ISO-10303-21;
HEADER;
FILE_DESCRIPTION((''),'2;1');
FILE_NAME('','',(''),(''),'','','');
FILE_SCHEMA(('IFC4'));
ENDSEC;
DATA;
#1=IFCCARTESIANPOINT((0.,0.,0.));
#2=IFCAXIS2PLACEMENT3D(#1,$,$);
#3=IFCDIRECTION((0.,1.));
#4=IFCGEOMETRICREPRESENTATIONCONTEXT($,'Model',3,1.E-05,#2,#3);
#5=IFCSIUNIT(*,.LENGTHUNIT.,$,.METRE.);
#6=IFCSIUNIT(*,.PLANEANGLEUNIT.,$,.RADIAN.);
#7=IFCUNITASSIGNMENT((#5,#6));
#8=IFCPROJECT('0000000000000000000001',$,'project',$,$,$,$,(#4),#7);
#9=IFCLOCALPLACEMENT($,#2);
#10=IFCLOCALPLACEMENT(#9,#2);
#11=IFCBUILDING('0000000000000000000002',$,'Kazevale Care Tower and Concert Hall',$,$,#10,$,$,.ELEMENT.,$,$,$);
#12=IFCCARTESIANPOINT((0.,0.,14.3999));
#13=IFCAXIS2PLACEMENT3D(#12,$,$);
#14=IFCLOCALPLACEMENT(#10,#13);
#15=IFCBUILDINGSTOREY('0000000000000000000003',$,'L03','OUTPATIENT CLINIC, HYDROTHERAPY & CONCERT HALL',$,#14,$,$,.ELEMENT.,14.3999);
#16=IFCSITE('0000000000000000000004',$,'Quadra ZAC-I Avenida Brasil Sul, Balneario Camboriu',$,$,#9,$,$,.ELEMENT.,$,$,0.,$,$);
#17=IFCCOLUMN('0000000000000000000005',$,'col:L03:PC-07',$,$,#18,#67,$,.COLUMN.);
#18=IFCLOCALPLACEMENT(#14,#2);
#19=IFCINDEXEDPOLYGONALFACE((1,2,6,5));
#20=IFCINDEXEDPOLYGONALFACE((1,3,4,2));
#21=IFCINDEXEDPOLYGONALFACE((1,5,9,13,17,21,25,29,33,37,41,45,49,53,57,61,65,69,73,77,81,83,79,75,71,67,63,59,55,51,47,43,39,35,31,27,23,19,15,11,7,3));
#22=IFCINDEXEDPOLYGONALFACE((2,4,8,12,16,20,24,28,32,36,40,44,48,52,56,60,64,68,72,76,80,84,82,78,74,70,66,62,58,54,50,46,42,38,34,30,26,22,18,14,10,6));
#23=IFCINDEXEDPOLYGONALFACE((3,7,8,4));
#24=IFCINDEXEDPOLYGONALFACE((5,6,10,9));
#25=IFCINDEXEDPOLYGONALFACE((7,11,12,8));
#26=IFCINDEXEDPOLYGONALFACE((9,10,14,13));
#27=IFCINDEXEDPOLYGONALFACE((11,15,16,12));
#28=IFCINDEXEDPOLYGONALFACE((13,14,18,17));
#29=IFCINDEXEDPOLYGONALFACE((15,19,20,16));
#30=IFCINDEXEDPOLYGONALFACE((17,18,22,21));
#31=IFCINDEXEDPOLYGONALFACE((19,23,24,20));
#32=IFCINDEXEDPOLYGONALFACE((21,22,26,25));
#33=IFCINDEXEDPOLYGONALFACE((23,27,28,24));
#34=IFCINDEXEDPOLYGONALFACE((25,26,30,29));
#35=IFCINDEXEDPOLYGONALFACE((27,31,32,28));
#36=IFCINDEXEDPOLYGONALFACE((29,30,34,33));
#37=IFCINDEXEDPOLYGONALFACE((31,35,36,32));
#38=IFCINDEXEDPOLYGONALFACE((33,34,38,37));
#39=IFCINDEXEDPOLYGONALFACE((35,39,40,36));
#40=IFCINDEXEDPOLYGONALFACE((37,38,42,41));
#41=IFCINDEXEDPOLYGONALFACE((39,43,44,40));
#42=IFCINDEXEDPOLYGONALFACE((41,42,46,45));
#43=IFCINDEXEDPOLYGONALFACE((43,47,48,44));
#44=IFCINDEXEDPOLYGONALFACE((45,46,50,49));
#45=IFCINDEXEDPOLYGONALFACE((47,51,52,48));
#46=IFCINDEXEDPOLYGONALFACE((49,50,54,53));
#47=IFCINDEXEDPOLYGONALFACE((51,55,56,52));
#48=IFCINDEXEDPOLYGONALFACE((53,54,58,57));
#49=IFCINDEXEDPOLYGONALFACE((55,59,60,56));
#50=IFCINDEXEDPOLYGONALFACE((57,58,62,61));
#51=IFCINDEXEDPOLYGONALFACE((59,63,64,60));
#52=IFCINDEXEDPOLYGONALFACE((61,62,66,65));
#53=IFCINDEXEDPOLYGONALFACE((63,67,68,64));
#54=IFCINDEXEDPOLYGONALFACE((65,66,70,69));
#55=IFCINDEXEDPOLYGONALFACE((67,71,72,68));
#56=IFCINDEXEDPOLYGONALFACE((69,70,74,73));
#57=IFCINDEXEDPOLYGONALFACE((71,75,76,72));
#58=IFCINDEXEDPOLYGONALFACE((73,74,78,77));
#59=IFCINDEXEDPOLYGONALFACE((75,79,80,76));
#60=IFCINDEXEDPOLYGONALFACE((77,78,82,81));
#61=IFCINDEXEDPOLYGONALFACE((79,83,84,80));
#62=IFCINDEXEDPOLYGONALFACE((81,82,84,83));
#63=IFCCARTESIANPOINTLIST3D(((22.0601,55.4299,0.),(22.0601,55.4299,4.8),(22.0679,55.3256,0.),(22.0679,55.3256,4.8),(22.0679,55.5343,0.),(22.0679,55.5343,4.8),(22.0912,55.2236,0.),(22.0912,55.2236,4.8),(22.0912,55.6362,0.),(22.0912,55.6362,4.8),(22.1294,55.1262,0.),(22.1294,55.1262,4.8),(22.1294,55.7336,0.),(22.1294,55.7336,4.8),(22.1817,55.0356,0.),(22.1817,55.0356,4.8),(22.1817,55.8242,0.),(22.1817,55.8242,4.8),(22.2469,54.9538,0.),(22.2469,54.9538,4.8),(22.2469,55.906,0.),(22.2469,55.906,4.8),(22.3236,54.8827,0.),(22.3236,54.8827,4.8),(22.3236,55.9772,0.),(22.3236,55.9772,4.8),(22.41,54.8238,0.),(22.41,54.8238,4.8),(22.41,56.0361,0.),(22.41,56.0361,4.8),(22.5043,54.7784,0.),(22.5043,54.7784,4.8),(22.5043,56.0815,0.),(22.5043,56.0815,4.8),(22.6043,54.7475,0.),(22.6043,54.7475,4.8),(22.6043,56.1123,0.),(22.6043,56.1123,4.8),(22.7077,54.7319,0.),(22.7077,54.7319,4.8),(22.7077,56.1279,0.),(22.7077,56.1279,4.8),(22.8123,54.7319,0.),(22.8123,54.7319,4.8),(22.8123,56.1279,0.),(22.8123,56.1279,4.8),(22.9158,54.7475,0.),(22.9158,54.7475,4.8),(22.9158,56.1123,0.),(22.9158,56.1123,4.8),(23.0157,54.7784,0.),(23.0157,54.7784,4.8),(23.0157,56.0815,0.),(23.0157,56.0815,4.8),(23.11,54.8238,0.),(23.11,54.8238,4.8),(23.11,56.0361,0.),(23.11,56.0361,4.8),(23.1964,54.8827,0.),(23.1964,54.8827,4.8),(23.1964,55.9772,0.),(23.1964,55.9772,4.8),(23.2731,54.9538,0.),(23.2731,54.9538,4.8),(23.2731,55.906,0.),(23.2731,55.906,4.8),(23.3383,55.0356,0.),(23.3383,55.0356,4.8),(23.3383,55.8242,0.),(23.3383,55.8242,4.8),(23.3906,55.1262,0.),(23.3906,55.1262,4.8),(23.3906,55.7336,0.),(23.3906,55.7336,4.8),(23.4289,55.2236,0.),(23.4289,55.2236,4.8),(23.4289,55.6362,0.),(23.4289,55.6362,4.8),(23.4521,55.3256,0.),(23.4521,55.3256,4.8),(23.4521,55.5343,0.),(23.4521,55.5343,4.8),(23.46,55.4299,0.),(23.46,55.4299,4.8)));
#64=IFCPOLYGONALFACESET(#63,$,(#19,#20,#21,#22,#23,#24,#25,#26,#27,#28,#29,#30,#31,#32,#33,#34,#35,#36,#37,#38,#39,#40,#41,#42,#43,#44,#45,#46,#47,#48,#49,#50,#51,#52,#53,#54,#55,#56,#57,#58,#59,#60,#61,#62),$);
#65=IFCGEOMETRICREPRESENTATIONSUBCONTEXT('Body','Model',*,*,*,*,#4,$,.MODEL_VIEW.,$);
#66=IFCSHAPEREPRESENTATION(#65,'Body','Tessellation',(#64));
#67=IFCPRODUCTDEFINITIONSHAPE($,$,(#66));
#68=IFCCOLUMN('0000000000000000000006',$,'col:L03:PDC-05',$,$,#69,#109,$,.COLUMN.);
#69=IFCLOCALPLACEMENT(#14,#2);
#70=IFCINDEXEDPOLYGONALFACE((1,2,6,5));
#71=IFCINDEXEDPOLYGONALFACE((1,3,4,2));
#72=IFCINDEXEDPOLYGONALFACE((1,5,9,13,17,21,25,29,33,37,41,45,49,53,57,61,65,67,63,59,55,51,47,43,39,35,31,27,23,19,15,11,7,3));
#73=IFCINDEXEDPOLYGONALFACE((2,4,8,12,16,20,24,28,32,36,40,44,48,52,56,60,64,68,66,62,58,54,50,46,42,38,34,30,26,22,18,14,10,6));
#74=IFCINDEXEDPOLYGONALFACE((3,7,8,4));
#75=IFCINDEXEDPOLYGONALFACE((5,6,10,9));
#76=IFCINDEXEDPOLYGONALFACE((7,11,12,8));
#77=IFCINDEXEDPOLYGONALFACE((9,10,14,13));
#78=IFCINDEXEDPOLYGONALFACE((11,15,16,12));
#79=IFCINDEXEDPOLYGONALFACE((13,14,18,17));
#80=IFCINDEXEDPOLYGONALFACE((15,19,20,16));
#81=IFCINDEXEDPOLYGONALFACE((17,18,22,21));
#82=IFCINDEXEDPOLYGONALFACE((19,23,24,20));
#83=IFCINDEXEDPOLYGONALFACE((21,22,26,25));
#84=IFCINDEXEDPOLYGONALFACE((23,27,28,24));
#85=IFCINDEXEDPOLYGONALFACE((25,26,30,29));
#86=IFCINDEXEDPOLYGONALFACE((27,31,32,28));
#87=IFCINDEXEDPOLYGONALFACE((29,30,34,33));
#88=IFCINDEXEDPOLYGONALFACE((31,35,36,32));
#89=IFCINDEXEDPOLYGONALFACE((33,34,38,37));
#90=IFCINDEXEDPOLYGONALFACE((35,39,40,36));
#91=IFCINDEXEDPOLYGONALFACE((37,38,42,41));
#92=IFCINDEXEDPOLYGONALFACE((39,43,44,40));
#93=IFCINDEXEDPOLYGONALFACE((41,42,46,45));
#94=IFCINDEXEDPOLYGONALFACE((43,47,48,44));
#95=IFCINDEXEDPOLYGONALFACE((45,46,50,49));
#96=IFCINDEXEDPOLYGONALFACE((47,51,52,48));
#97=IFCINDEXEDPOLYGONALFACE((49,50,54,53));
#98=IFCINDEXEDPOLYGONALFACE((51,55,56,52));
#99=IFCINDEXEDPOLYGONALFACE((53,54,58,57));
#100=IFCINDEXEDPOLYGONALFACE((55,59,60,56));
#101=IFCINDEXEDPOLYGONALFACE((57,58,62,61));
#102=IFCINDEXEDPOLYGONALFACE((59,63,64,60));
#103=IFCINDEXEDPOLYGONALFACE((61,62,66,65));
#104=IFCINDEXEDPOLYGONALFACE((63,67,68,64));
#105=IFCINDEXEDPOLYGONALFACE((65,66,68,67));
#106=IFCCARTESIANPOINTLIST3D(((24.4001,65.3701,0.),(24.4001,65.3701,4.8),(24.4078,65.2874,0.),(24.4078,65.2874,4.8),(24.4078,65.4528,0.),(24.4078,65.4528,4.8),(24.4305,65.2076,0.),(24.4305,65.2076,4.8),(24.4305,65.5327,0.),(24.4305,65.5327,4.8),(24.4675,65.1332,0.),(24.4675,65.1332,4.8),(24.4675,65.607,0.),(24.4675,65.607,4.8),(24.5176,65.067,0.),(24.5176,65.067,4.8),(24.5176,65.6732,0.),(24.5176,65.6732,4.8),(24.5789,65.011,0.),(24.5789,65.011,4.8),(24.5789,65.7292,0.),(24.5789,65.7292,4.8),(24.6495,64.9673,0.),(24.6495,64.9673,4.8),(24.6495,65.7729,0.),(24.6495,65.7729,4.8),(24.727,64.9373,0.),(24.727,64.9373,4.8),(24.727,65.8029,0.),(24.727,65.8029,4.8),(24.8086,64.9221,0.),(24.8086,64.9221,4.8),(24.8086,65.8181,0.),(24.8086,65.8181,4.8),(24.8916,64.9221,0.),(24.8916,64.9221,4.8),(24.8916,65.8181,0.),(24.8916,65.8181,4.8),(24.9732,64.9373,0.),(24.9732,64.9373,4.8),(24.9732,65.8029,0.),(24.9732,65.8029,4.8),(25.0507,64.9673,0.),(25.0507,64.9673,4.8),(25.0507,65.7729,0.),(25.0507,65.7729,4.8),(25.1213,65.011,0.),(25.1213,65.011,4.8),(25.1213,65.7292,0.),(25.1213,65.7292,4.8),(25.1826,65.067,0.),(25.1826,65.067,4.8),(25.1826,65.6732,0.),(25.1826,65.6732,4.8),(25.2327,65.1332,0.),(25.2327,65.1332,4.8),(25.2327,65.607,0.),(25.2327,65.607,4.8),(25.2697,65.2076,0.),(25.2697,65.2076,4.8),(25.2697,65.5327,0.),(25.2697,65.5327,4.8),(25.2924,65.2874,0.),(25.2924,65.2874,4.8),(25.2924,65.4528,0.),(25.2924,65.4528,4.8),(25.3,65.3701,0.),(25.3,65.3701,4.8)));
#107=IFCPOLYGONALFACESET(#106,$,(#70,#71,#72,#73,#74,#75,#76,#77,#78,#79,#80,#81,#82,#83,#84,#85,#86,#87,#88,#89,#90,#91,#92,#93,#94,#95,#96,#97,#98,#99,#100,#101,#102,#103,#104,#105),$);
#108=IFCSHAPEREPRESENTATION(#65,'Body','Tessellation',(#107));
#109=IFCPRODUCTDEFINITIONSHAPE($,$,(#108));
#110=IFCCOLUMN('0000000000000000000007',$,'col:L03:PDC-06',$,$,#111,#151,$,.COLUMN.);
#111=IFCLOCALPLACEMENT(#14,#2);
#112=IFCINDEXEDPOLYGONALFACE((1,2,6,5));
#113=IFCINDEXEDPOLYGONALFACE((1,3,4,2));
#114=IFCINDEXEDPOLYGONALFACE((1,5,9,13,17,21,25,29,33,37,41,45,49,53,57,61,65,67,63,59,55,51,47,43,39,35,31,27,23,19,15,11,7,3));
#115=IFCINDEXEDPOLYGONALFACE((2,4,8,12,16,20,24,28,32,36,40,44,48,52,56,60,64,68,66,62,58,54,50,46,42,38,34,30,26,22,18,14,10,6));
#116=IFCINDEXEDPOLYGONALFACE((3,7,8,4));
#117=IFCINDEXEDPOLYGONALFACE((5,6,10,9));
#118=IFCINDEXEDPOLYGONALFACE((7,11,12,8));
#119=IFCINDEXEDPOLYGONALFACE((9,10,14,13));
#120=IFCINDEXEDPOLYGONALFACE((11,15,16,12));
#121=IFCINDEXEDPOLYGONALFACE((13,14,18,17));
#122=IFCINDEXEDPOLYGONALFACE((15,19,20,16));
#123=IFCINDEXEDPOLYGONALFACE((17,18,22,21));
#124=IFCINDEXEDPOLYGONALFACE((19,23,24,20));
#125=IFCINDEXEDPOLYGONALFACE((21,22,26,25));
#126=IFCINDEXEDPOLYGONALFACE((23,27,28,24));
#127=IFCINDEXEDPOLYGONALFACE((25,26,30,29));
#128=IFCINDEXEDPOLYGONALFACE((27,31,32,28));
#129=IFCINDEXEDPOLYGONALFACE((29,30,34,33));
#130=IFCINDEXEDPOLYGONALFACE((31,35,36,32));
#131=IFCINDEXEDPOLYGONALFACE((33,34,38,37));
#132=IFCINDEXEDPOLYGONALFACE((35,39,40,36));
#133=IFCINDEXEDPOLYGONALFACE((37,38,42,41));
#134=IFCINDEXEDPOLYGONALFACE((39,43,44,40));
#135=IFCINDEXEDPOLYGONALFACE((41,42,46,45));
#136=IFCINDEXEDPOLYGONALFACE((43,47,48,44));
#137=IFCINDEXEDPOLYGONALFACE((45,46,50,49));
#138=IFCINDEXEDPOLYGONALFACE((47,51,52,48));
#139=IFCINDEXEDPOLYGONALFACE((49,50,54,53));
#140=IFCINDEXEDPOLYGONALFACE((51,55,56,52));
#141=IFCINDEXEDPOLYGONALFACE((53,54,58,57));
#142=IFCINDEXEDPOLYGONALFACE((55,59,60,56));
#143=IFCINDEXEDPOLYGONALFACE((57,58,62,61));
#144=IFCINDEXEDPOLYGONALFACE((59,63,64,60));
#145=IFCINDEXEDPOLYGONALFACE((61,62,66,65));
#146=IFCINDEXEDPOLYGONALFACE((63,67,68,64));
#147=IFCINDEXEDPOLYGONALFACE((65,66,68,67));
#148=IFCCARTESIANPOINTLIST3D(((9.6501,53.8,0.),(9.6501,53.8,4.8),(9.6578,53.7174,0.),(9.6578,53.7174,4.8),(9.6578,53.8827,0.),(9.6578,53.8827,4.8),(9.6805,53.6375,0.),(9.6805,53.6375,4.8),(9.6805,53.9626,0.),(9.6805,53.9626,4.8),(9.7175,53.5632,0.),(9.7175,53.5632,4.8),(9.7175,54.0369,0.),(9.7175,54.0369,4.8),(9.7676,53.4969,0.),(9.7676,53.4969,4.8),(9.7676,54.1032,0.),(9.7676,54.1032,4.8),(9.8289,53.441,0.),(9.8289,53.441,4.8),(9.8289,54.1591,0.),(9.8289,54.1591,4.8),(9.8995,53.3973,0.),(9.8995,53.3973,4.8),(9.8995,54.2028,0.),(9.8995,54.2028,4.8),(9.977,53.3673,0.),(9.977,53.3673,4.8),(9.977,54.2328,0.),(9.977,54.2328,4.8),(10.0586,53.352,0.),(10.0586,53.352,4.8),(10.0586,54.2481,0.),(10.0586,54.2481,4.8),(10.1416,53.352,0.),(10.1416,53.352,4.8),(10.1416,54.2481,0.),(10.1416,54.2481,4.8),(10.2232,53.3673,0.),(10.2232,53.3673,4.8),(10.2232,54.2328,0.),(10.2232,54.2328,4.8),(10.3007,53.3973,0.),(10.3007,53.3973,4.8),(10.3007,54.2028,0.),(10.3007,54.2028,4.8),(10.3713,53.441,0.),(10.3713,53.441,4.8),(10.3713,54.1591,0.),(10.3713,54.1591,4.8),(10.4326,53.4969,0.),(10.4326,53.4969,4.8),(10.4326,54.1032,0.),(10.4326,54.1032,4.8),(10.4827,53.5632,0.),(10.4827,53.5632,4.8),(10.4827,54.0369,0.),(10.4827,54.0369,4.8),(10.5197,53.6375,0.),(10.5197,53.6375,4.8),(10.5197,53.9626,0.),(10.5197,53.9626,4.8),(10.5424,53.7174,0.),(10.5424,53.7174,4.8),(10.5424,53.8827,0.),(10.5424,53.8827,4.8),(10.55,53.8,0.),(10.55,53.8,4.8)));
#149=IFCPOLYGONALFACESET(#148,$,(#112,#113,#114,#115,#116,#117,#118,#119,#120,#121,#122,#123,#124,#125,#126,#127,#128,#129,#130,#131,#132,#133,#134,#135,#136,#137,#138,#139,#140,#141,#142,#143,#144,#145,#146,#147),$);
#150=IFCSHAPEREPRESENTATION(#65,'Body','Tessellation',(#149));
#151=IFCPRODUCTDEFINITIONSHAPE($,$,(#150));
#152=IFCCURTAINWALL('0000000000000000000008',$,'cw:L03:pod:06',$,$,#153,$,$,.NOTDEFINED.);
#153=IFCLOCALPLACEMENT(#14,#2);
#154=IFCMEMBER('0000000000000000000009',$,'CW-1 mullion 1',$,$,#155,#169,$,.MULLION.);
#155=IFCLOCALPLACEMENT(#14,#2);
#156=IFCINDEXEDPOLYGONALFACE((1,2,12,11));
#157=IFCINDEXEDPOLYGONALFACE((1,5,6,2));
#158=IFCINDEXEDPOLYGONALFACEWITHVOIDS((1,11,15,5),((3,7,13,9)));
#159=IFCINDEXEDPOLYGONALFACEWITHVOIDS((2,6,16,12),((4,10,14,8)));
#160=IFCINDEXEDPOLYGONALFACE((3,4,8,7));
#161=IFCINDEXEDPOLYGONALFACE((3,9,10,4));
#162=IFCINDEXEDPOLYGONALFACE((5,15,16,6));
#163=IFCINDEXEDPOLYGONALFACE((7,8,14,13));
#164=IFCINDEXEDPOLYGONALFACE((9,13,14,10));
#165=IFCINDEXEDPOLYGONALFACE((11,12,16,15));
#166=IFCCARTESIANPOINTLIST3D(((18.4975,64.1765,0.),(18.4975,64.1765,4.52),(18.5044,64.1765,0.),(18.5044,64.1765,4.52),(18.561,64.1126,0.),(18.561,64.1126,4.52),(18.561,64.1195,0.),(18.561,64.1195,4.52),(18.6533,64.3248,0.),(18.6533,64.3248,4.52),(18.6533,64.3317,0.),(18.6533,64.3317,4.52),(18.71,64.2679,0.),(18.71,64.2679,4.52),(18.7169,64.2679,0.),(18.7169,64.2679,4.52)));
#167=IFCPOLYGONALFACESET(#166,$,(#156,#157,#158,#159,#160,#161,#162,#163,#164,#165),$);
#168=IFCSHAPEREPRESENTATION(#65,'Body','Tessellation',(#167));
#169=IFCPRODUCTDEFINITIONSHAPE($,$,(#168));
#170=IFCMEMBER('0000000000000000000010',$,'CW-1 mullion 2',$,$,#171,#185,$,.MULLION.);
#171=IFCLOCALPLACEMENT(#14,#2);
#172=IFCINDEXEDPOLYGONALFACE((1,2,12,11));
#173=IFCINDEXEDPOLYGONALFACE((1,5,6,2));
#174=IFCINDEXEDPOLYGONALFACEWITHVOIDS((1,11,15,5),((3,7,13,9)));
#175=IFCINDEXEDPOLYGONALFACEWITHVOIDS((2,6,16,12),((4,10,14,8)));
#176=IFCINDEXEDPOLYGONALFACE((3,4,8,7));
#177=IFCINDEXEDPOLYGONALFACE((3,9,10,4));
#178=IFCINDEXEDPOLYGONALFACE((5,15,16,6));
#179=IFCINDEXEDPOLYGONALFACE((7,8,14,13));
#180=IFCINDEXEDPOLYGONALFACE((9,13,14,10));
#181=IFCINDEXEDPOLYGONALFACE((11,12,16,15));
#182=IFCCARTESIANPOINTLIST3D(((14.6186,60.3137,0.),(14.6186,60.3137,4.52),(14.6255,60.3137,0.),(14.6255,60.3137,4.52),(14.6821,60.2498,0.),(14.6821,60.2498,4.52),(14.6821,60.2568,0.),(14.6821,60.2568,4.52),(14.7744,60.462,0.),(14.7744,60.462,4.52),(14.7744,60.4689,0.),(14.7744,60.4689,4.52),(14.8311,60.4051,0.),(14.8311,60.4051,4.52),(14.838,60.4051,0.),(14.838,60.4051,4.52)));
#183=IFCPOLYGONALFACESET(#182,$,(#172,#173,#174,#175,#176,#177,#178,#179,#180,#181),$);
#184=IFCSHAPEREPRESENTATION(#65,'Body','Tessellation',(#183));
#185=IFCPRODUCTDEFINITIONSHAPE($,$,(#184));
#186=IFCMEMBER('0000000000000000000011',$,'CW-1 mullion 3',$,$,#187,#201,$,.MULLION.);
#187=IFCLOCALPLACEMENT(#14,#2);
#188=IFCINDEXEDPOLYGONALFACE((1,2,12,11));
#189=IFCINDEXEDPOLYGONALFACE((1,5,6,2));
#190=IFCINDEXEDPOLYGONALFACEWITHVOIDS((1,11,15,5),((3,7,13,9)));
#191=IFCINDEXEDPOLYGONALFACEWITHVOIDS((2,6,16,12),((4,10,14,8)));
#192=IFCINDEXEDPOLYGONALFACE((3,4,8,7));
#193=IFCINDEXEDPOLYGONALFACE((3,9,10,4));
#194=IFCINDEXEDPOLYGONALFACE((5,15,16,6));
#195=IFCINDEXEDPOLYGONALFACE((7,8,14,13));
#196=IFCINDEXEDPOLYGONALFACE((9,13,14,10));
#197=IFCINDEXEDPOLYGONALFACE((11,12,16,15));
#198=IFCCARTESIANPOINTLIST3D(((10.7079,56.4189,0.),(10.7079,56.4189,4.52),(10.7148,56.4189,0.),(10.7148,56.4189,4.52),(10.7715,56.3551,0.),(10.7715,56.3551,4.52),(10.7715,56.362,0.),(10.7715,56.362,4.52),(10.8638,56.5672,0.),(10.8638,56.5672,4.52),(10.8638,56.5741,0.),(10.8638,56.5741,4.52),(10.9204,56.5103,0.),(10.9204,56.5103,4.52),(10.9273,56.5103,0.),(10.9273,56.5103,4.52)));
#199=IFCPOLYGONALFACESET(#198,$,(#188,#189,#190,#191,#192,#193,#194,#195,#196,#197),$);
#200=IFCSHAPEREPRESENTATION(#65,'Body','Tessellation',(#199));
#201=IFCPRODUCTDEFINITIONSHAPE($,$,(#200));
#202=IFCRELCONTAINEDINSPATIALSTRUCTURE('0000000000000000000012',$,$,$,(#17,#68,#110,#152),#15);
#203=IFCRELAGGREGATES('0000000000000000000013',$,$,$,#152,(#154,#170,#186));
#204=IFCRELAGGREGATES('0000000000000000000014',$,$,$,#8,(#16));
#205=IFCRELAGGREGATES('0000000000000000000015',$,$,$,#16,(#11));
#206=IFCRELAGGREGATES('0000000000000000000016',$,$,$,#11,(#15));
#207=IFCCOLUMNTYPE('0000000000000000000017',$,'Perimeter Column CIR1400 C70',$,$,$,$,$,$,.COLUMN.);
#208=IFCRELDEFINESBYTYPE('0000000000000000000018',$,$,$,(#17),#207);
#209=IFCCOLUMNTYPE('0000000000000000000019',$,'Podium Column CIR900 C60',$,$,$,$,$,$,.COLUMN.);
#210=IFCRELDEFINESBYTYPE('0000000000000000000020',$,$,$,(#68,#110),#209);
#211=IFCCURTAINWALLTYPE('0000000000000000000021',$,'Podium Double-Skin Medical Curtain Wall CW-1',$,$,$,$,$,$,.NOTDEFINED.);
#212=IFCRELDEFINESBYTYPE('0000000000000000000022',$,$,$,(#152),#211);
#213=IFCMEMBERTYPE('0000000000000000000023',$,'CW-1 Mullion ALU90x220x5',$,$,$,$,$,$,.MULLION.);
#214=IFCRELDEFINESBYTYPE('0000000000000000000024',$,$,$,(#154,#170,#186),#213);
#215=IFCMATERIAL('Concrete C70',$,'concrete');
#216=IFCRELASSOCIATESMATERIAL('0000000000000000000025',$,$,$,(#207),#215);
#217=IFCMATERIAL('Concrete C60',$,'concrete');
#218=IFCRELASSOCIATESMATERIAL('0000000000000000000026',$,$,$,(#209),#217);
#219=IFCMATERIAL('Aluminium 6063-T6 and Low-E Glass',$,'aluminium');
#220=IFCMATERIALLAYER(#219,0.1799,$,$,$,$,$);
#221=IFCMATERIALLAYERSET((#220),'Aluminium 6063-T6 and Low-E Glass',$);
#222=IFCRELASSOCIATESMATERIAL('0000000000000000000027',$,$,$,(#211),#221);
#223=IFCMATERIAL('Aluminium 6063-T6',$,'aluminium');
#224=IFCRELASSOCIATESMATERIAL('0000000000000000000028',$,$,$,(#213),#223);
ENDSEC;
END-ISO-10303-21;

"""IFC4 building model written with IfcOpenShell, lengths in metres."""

from ifc_helpers import new_model, si_unit, direction, frame, origin, origin_2d, place, context, subcontext, project, spatial, hollow_rectangle, circle, extrude, material, layer, layer_set, material_profile, profile_set, type_object, element, aggregate, save


model = new_model("IFC4")

# Units and contexts
model_context = context("Model", 3, precision=1e-05, world=origin(), true_north=direction((0.0, 1.0)))
body_context = subcontext(model_context, "Body", "Model", "MODEL_VIEW")
ifc_project = project(units=[si_unit("LENGTHUNIT", "METRE"), si_unit("PLANEANGLEUNIT", "RADIAN")], contexts=[model_context])

# Site, building, storey
site_placement = place(None, origin())
site = spatial("IfcSite", under=ifc_project, at=site_placement, Name="Quadra ZAC-I Avenida Brasil Sul, Balneario Camboriu", CompositionType="ELEMENT", RefElevation=0.0)
building_placement = place(site_placement, origin())
building = spatial("IfcBuilding", under=site, at=building_placement, Name="Kazevale Care Tower and Concert Hall", CompositionType="ELEMENT")
storey_placement = place(building_placement, frame((0.0, 0.0, 14.3999)))
storey = spatial("IfcBuildingStorey", under=building, at=storey_placement, Name="L03", Description="OUTPATIENT CLINIC, HYDROTHERAPY & CONCERT HALL", CompositionType="ELEMENT", Elevation=14.3999)

# Columns
ifc_material_1 = material(Name="Concrete C70", Category="concrete")
ifc_material_profile_1 = material_profile(ifc_material_1, circle(Radius=0.7, at=origin_2d()), Name="RC-CIR1400")
ifc_profile_set_1 = profile_set([ifc_material_profile_1], Name="Concrete C70")
column_type_1 = type_object("IfcColumnType", Name="Perimeter Column CIR1400 C70", PredefinedType="COLUMN", material=ifc_profile_set_1)
column_placement = place(storey_placement, frame((22.76, 55.4299, 0.0), z_axis=(0.0, 0.0, 1.0), x_axis=(1.0, 0.0, 0.0)))
element("IfcColumn", 1, at=column_placement, inside=storey, type_object=column_type_1, Name="col:L03:PC-07", PredefinedType="COLUMN", context=body_context, shape_type="SweptSolid", body=[
    extrude(circle(Radius=0.7, at=origin_2d()), origin(), (0.0, 0.0, 1.0), 4.8),
])
ifc_material_2 = material(Name="Concrete C60", Category="concrete")
ifc_material_profile_2 = material_profile(ifc_material_2, circle(Radius=0.45, at=origin_2d()), Name="RC-CIR900")
ifc_profile_set_2 = profile_set([ifc_material_profile_2], Name="Concrete C60")
column_type_2 = type_object("IfcColumnType", Name="Podium Column CIR900 C60", PredefinedType="COLUMN", material=ifc_profile_set_2)
for number, where, z_axis, x_axis, name in (
    (2, (24.8501, 65.3701, 0.0), (0.0, 0.0, 1.0), (1.0, 0.0, 0.0), "col:L03:PDC-05"),
    (3, (10.1001, 53.8, 0.0), (0.0, 0.0, 1.0), (1.0, 0.0, 0.0), "col:L03:PDC-06"),
):
    element("IfcColumn", number, at=place(storey_placement, frame(where, z_axis=z_axis, x_axis=x_axis)), inside=storey, type_object=column_type_2, Name=name, PredefinedType="COLUMN", context=body_context, shape_type="SweptSolid", body=[
        extrude(circle(Radius=0.45, at=origin_2d()), origin(), (0.0, 0.0, 1.0), 4.8),
    ])

# Curtain wall, members
ifc_material_3 = material(Name="Aluminium 6063-T6 and Low-E Glass", Category="aluminium")
ifc_layer_1 = layer(ifc_material_3, 0.1799)
ifc_layer_set_1 = layer_set([ifc_layer_1], Name="Aluminium 6063-T6 and Low-E Glass")
curtain_wall_type = type_object("IfcCurtainWallType", Name="Podium Double-Skin Medical Curtain Wall CW-1", PredefinedType="NOTDEFINED", material=ifc_layer_set_1)
curtain_wall_placement = place(storey_placement, origin())
curtain_wall = element("IfcCurtainWall", 4, at=curtain_wall_placement, inside=storey, type_object=curtain_wall_type, Name="cw:L03:pod:06", PredefinedType="NOTDEFINED")
ifc_material_4 = material(Name="Aluminium 6063-T6", Category="aluminium")
ifc_material_profile_3 = material_profile(ifc_material_4, hollow_rectangle(XDim=0.0901, YDim=0.22, WallThickness=0.0049, at=origin_2d()), Name="ALU90x220x5")
ifc_profile_set_3 = profile_set([ifc_material_profile_3], Name="Aluminium 6063-T6")
member_type_1 = type_object("IfcMemberType", Name="CW-1 Mullion ALU90x220x5", PredefinedType="MULLION", material=ifc_profile_set_3)
member_1_placement = place(storey_placement, frame((18.6072, 64.2222, 0.0), z_axis=(0.0, 0.0, 1.0), x_axis=(0.705656, -0.708555, 0.0)))
member_1 = element("IfcMember", 5, at=member_1_placement, type_object=member_type_1, Name="CW-1 mullion 1", PredefinedType="MULLION", context=body_context, shape_type="SweptSolid", body=[
    extrude(hollow_rectangle(XDim=0.0901, YDim=0.22, WallThickness=0.0049, at=origin_2d()), origin(), (0.0, 0.0, 1.0), 4.52),
])
member_2_placement = place(storey_placement, frame((14.7283, 60.3594, 0.0), z_axis=(0.0, 0.0, 1.0), x_axis=(0.705656, -0.708555, 0.0)))
member_2 = element("IfcMember", 6, at=member_2_placement, type_object=member_type_1, Name="CW-1 mullion 2", PredefinedType="MULLION", context=body_context, shape_type="SweptSolid", body=[
    extrude(hollow_rectangle(XDim=0.0901, YDim=0.22, WallThickness=0.0049, at=origin_2d()), origin(), (0.0, 0.0, 1.0), 4.52),
])
member_3_placement = place(storey_placement, frame((10.8176, 56.4646, 0.0), z_axis=(0.0, 0.0, 1.0), x_axis=(0.705656, -0.708555, 0.0)))
member_3 = element("IfcMember", 7, at=member_3_placement, type_object=member_type_1, Name="CW-1 mullion 3", PredefinedType="MULLION", context=body_context, shape_type="SweptSolid", body=[
    extrude(hollow_rectangle(XDim=0.0901, YDim=0.22, WallThickness=0.0049, at=origin_2d()), origin(), (0.0, 0.0, 1.0), 4.52),
])

aggregate(curtain_wall, [member_1, member_2, member_3])

save(model, "model.ifc")
